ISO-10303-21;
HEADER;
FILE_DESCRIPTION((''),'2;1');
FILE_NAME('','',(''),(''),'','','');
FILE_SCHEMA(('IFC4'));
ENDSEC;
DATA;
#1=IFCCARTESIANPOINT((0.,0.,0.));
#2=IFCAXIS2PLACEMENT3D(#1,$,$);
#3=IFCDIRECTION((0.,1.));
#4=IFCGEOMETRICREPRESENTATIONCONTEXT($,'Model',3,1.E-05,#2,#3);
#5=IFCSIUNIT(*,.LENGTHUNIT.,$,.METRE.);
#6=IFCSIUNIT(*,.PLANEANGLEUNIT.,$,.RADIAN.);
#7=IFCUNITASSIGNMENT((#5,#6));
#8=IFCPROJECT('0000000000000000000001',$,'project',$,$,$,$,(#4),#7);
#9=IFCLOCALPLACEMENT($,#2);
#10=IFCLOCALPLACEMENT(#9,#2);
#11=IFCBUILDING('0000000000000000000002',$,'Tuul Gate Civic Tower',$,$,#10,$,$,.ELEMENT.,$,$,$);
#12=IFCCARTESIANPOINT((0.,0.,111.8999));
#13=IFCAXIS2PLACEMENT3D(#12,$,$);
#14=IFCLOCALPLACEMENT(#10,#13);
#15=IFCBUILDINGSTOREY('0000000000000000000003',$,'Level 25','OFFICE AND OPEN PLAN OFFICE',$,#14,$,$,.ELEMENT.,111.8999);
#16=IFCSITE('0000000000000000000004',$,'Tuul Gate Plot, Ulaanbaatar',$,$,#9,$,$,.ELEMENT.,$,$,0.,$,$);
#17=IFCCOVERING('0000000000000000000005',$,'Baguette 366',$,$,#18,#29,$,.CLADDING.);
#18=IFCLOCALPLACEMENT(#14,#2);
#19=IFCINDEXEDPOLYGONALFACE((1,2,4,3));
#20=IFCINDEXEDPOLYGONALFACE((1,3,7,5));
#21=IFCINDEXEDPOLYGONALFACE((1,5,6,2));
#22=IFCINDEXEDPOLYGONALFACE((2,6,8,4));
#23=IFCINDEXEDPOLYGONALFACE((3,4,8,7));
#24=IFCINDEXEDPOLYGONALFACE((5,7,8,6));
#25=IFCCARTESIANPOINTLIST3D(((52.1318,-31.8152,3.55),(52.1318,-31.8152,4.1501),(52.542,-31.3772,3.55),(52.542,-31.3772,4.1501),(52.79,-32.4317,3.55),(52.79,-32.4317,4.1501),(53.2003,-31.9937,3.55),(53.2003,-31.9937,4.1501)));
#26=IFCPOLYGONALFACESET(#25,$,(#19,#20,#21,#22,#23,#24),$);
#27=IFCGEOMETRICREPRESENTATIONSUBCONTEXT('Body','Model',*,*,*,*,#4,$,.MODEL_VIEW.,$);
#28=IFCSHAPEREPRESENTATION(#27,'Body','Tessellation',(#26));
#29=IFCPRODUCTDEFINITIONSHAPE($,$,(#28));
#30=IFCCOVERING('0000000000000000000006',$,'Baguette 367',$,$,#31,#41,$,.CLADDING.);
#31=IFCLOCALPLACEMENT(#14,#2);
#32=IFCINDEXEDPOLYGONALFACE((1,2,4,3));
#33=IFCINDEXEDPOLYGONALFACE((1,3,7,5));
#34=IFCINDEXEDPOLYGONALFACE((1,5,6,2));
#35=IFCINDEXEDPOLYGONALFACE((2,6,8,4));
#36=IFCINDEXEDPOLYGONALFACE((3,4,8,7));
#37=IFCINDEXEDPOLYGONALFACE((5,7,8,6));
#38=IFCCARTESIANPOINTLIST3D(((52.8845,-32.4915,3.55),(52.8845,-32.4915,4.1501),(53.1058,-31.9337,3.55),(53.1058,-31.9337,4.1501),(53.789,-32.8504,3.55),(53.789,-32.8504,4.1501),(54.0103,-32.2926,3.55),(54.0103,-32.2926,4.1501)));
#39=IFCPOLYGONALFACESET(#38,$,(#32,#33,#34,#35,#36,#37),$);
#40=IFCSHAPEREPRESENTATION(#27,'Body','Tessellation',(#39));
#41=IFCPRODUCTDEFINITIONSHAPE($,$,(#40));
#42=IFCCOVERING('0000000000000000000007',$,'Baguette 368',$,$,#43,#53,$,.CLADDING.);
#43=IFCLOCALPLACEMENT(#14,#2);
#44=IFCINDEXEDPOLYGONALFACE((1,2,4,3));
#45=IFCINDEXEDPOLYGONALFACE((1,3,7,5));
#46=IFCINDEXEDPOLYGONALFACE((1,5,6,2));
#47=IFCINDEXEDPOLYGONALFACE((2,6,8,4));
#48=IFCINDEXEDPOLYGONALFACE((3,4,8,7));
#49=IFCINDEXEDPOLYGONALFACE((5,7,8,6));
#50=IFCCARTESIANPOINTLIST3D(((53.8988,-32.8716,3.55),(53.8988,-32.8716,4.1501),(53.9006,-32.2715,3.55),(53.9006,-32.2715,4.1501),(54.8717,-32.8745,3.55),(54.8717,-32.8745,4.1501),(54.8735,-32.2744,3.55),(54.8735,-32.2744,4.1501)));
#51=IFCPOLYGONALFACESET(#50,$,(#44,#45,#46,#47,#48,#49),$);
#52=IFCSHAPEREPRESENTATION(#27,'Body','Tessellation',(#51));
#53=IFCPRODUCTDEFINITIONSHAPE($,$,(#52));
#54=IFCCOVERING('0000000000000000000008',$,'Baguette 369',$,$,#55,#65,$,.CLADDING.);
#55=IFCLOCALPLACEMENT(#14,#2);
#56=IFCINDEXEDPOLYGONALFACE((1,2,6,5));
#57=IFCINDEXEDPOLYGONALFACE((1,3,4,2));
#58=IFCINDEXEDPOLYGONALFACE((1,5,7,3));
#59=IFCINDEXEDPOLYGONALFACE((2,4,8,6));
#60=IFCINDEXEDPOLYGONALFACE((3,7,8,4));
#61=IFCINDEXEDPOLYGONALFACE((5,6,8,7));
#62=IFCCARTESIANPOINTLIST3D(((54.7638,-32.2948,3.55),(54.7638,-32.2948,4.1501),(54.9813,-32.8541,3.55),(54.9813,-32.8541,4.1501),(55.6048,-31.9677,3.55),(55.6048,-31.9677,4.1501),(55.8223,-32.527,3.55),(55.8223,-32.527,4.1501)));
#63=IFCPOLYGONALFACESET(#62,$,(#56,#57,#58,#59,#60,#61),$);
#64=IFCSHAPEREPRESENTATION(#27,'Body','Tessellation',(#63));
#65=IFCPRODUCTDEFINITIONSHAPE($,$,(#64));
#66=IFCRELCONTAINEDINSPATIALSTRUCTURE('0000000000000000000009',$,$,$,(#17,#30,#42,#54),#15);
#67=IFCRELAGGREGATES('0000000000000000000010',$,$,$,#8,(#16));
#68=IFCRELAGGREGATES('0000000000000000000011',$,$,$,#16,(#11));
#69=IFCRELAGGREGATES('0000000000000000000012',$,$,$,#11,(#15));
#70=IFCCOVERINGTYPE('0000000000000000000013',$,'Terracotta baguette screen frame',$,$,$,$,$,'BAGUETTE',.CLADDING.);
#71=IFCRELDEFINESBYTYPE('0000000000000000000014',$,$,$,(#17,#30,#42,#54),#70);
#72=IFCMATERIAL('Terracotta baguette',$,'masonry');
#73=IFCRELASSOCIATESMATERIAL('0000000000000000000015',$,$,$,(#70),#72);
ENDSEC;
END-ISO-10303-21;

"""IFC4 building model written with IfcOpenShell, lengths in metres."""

from ifc_helpers import new_model, si_unit, direction, frame, origin, origin_2d, place, context, subcontext, project, spatial, rectangle, extrude, material, material_profile, profile_set, type_object, element, save


model = new_model("IFC4")

# Units and contexts
model_context = context("Model", 3, precision=1e-05, world=origin(), true_north=direction((0.0, 1.0)))
body_context = subcontext(model_context, "Body", "Model", "MODEL_VIEW")
ifc_project = project(units=[si_unit("LENGTHUNIT", "METRE"), si_unit("PLANEANGLEUNIT", "RADIAN")], contexts=[model_context])

# Site, building, storey
site_placement = place(None, origin())
site = spatial("IfcSite", under=ifc_project, at=site_placement, Name="Tuul Gate Plot, Ulaanbaatar", CompositionType="ELEMENT", RefElevation=0.0)
building_placement = place(site_placement, origin())
building = spatial("IfcBuilding", under=site, at=building_placement, Name="Tuul Gate Civic Tower", CompositionType="ELEMENT")
storey_placement = place(building_placement, frame((0.0, 0.0, 111.8999)))
storey = spatial("IfcBuildingStorey", under=building, at=storey_placement, Name="Level 25", Description="OFFICE AND OPEN PLAN OFFICE", CompositionType="ELEMENT", Elevation=111.8999)

# Coverings
ifc_material_1 = material(Name="Terracotta baguette", Category="masonry")
ifc_material_profile_1 = material_profile(ifc_material_1, rectangle(XDim=0.6001, YDim=0.6001, at=origin_2d()), Name="Terracotta baguette screen frame")
ifc_profile_set_1 = profile_set([ifc_material_profile_1], Name="Terracotta baguette")
covering_type = type_object("IfcCoveringType", Name="Terracotta baguette screen frame", ElementType="BAGUETTE", PredefinedType="CLADDING", material=ifc_profile_set_1)
covering_1_placement = place(storey_placement, frame((52.3369, -31.5962, 3.8501), z_axis=(0.729875, -0.683581, 0.0), x_axis=(0.683581, 0.729875, 0.0)))
element("IfcCovering", 1, at=covering_1_placement, inside=storey, type_object=covering_type, Name="Baguette 366", PredefinedType="CLADDING", context=body_context, shape_type="SweptSolid", body=[
    extrude(rectangle(XDim=0.6001, YDim=0.6001, at=origin_2d()), origin(), (0.0, 0.0, 1.0), 0.9019),
])
covering_2_placement = place(storey_placement, frame((52.9951, -32.2126, 3.8501), z_axis=(0.929511, -0.368794, 0.0), x_axis=(0.368794, 0.929511, 0.0)))
element("IfcCovering", 2, at=covering_2_placement, inside=storey, type_object=covering_type, Name="Baguette 367", PredefinedType="CLADDING", context=body_context, shape_type="SweptSolid", body=[
    extrude(rectangle(XDim=0.6001, YDim=0.6001, at=origin_2d()), origin(), (0.0, 0.0, 1.0), 0.9731),
])
covering_3_placement = place(storey_placement, frame((53.8997, -32.5715, 3.8501), z_axis=(0.999995, -0.003011, 0.0), x_axis=(0.003011, 0.999995, 0.0)))
element("IfcCovering", 3, at=covering_3_placement, inside=storey, type_object=covering_type, Name="Baguette 368", PredefinedType="CLADDING", context=body_context, shape_type="SweptSolid", body=[
    extrude(rectangle(XDim=0.6001, YDim=0.6001, at=origin_2d()), origin(), (0.0, 0.0, 1.0), 0.9729),
])
covering_4_placement = place(storey_placement, frame((54.8726, -32.5745, 3.8501), z_axis=(0.931979, 0.362512, 0.0), x_axis=(-0.362512, 0.931979, 0.0)))
element("IfcCovering", 4, at=covering_4_placement, inside=storey, type_object=covering_type, Name="Baguette 369", PredefinedType="CLADDING", context=body_context, shape_type="SweptSolid", body=[
    extrude(rectangle(XDim=0.6001, YDim=0.6001, at=origin_2d()), origin(), (0.0, 0.0, 1.0), 0.9023),
])

save(model, "model.ifc")
